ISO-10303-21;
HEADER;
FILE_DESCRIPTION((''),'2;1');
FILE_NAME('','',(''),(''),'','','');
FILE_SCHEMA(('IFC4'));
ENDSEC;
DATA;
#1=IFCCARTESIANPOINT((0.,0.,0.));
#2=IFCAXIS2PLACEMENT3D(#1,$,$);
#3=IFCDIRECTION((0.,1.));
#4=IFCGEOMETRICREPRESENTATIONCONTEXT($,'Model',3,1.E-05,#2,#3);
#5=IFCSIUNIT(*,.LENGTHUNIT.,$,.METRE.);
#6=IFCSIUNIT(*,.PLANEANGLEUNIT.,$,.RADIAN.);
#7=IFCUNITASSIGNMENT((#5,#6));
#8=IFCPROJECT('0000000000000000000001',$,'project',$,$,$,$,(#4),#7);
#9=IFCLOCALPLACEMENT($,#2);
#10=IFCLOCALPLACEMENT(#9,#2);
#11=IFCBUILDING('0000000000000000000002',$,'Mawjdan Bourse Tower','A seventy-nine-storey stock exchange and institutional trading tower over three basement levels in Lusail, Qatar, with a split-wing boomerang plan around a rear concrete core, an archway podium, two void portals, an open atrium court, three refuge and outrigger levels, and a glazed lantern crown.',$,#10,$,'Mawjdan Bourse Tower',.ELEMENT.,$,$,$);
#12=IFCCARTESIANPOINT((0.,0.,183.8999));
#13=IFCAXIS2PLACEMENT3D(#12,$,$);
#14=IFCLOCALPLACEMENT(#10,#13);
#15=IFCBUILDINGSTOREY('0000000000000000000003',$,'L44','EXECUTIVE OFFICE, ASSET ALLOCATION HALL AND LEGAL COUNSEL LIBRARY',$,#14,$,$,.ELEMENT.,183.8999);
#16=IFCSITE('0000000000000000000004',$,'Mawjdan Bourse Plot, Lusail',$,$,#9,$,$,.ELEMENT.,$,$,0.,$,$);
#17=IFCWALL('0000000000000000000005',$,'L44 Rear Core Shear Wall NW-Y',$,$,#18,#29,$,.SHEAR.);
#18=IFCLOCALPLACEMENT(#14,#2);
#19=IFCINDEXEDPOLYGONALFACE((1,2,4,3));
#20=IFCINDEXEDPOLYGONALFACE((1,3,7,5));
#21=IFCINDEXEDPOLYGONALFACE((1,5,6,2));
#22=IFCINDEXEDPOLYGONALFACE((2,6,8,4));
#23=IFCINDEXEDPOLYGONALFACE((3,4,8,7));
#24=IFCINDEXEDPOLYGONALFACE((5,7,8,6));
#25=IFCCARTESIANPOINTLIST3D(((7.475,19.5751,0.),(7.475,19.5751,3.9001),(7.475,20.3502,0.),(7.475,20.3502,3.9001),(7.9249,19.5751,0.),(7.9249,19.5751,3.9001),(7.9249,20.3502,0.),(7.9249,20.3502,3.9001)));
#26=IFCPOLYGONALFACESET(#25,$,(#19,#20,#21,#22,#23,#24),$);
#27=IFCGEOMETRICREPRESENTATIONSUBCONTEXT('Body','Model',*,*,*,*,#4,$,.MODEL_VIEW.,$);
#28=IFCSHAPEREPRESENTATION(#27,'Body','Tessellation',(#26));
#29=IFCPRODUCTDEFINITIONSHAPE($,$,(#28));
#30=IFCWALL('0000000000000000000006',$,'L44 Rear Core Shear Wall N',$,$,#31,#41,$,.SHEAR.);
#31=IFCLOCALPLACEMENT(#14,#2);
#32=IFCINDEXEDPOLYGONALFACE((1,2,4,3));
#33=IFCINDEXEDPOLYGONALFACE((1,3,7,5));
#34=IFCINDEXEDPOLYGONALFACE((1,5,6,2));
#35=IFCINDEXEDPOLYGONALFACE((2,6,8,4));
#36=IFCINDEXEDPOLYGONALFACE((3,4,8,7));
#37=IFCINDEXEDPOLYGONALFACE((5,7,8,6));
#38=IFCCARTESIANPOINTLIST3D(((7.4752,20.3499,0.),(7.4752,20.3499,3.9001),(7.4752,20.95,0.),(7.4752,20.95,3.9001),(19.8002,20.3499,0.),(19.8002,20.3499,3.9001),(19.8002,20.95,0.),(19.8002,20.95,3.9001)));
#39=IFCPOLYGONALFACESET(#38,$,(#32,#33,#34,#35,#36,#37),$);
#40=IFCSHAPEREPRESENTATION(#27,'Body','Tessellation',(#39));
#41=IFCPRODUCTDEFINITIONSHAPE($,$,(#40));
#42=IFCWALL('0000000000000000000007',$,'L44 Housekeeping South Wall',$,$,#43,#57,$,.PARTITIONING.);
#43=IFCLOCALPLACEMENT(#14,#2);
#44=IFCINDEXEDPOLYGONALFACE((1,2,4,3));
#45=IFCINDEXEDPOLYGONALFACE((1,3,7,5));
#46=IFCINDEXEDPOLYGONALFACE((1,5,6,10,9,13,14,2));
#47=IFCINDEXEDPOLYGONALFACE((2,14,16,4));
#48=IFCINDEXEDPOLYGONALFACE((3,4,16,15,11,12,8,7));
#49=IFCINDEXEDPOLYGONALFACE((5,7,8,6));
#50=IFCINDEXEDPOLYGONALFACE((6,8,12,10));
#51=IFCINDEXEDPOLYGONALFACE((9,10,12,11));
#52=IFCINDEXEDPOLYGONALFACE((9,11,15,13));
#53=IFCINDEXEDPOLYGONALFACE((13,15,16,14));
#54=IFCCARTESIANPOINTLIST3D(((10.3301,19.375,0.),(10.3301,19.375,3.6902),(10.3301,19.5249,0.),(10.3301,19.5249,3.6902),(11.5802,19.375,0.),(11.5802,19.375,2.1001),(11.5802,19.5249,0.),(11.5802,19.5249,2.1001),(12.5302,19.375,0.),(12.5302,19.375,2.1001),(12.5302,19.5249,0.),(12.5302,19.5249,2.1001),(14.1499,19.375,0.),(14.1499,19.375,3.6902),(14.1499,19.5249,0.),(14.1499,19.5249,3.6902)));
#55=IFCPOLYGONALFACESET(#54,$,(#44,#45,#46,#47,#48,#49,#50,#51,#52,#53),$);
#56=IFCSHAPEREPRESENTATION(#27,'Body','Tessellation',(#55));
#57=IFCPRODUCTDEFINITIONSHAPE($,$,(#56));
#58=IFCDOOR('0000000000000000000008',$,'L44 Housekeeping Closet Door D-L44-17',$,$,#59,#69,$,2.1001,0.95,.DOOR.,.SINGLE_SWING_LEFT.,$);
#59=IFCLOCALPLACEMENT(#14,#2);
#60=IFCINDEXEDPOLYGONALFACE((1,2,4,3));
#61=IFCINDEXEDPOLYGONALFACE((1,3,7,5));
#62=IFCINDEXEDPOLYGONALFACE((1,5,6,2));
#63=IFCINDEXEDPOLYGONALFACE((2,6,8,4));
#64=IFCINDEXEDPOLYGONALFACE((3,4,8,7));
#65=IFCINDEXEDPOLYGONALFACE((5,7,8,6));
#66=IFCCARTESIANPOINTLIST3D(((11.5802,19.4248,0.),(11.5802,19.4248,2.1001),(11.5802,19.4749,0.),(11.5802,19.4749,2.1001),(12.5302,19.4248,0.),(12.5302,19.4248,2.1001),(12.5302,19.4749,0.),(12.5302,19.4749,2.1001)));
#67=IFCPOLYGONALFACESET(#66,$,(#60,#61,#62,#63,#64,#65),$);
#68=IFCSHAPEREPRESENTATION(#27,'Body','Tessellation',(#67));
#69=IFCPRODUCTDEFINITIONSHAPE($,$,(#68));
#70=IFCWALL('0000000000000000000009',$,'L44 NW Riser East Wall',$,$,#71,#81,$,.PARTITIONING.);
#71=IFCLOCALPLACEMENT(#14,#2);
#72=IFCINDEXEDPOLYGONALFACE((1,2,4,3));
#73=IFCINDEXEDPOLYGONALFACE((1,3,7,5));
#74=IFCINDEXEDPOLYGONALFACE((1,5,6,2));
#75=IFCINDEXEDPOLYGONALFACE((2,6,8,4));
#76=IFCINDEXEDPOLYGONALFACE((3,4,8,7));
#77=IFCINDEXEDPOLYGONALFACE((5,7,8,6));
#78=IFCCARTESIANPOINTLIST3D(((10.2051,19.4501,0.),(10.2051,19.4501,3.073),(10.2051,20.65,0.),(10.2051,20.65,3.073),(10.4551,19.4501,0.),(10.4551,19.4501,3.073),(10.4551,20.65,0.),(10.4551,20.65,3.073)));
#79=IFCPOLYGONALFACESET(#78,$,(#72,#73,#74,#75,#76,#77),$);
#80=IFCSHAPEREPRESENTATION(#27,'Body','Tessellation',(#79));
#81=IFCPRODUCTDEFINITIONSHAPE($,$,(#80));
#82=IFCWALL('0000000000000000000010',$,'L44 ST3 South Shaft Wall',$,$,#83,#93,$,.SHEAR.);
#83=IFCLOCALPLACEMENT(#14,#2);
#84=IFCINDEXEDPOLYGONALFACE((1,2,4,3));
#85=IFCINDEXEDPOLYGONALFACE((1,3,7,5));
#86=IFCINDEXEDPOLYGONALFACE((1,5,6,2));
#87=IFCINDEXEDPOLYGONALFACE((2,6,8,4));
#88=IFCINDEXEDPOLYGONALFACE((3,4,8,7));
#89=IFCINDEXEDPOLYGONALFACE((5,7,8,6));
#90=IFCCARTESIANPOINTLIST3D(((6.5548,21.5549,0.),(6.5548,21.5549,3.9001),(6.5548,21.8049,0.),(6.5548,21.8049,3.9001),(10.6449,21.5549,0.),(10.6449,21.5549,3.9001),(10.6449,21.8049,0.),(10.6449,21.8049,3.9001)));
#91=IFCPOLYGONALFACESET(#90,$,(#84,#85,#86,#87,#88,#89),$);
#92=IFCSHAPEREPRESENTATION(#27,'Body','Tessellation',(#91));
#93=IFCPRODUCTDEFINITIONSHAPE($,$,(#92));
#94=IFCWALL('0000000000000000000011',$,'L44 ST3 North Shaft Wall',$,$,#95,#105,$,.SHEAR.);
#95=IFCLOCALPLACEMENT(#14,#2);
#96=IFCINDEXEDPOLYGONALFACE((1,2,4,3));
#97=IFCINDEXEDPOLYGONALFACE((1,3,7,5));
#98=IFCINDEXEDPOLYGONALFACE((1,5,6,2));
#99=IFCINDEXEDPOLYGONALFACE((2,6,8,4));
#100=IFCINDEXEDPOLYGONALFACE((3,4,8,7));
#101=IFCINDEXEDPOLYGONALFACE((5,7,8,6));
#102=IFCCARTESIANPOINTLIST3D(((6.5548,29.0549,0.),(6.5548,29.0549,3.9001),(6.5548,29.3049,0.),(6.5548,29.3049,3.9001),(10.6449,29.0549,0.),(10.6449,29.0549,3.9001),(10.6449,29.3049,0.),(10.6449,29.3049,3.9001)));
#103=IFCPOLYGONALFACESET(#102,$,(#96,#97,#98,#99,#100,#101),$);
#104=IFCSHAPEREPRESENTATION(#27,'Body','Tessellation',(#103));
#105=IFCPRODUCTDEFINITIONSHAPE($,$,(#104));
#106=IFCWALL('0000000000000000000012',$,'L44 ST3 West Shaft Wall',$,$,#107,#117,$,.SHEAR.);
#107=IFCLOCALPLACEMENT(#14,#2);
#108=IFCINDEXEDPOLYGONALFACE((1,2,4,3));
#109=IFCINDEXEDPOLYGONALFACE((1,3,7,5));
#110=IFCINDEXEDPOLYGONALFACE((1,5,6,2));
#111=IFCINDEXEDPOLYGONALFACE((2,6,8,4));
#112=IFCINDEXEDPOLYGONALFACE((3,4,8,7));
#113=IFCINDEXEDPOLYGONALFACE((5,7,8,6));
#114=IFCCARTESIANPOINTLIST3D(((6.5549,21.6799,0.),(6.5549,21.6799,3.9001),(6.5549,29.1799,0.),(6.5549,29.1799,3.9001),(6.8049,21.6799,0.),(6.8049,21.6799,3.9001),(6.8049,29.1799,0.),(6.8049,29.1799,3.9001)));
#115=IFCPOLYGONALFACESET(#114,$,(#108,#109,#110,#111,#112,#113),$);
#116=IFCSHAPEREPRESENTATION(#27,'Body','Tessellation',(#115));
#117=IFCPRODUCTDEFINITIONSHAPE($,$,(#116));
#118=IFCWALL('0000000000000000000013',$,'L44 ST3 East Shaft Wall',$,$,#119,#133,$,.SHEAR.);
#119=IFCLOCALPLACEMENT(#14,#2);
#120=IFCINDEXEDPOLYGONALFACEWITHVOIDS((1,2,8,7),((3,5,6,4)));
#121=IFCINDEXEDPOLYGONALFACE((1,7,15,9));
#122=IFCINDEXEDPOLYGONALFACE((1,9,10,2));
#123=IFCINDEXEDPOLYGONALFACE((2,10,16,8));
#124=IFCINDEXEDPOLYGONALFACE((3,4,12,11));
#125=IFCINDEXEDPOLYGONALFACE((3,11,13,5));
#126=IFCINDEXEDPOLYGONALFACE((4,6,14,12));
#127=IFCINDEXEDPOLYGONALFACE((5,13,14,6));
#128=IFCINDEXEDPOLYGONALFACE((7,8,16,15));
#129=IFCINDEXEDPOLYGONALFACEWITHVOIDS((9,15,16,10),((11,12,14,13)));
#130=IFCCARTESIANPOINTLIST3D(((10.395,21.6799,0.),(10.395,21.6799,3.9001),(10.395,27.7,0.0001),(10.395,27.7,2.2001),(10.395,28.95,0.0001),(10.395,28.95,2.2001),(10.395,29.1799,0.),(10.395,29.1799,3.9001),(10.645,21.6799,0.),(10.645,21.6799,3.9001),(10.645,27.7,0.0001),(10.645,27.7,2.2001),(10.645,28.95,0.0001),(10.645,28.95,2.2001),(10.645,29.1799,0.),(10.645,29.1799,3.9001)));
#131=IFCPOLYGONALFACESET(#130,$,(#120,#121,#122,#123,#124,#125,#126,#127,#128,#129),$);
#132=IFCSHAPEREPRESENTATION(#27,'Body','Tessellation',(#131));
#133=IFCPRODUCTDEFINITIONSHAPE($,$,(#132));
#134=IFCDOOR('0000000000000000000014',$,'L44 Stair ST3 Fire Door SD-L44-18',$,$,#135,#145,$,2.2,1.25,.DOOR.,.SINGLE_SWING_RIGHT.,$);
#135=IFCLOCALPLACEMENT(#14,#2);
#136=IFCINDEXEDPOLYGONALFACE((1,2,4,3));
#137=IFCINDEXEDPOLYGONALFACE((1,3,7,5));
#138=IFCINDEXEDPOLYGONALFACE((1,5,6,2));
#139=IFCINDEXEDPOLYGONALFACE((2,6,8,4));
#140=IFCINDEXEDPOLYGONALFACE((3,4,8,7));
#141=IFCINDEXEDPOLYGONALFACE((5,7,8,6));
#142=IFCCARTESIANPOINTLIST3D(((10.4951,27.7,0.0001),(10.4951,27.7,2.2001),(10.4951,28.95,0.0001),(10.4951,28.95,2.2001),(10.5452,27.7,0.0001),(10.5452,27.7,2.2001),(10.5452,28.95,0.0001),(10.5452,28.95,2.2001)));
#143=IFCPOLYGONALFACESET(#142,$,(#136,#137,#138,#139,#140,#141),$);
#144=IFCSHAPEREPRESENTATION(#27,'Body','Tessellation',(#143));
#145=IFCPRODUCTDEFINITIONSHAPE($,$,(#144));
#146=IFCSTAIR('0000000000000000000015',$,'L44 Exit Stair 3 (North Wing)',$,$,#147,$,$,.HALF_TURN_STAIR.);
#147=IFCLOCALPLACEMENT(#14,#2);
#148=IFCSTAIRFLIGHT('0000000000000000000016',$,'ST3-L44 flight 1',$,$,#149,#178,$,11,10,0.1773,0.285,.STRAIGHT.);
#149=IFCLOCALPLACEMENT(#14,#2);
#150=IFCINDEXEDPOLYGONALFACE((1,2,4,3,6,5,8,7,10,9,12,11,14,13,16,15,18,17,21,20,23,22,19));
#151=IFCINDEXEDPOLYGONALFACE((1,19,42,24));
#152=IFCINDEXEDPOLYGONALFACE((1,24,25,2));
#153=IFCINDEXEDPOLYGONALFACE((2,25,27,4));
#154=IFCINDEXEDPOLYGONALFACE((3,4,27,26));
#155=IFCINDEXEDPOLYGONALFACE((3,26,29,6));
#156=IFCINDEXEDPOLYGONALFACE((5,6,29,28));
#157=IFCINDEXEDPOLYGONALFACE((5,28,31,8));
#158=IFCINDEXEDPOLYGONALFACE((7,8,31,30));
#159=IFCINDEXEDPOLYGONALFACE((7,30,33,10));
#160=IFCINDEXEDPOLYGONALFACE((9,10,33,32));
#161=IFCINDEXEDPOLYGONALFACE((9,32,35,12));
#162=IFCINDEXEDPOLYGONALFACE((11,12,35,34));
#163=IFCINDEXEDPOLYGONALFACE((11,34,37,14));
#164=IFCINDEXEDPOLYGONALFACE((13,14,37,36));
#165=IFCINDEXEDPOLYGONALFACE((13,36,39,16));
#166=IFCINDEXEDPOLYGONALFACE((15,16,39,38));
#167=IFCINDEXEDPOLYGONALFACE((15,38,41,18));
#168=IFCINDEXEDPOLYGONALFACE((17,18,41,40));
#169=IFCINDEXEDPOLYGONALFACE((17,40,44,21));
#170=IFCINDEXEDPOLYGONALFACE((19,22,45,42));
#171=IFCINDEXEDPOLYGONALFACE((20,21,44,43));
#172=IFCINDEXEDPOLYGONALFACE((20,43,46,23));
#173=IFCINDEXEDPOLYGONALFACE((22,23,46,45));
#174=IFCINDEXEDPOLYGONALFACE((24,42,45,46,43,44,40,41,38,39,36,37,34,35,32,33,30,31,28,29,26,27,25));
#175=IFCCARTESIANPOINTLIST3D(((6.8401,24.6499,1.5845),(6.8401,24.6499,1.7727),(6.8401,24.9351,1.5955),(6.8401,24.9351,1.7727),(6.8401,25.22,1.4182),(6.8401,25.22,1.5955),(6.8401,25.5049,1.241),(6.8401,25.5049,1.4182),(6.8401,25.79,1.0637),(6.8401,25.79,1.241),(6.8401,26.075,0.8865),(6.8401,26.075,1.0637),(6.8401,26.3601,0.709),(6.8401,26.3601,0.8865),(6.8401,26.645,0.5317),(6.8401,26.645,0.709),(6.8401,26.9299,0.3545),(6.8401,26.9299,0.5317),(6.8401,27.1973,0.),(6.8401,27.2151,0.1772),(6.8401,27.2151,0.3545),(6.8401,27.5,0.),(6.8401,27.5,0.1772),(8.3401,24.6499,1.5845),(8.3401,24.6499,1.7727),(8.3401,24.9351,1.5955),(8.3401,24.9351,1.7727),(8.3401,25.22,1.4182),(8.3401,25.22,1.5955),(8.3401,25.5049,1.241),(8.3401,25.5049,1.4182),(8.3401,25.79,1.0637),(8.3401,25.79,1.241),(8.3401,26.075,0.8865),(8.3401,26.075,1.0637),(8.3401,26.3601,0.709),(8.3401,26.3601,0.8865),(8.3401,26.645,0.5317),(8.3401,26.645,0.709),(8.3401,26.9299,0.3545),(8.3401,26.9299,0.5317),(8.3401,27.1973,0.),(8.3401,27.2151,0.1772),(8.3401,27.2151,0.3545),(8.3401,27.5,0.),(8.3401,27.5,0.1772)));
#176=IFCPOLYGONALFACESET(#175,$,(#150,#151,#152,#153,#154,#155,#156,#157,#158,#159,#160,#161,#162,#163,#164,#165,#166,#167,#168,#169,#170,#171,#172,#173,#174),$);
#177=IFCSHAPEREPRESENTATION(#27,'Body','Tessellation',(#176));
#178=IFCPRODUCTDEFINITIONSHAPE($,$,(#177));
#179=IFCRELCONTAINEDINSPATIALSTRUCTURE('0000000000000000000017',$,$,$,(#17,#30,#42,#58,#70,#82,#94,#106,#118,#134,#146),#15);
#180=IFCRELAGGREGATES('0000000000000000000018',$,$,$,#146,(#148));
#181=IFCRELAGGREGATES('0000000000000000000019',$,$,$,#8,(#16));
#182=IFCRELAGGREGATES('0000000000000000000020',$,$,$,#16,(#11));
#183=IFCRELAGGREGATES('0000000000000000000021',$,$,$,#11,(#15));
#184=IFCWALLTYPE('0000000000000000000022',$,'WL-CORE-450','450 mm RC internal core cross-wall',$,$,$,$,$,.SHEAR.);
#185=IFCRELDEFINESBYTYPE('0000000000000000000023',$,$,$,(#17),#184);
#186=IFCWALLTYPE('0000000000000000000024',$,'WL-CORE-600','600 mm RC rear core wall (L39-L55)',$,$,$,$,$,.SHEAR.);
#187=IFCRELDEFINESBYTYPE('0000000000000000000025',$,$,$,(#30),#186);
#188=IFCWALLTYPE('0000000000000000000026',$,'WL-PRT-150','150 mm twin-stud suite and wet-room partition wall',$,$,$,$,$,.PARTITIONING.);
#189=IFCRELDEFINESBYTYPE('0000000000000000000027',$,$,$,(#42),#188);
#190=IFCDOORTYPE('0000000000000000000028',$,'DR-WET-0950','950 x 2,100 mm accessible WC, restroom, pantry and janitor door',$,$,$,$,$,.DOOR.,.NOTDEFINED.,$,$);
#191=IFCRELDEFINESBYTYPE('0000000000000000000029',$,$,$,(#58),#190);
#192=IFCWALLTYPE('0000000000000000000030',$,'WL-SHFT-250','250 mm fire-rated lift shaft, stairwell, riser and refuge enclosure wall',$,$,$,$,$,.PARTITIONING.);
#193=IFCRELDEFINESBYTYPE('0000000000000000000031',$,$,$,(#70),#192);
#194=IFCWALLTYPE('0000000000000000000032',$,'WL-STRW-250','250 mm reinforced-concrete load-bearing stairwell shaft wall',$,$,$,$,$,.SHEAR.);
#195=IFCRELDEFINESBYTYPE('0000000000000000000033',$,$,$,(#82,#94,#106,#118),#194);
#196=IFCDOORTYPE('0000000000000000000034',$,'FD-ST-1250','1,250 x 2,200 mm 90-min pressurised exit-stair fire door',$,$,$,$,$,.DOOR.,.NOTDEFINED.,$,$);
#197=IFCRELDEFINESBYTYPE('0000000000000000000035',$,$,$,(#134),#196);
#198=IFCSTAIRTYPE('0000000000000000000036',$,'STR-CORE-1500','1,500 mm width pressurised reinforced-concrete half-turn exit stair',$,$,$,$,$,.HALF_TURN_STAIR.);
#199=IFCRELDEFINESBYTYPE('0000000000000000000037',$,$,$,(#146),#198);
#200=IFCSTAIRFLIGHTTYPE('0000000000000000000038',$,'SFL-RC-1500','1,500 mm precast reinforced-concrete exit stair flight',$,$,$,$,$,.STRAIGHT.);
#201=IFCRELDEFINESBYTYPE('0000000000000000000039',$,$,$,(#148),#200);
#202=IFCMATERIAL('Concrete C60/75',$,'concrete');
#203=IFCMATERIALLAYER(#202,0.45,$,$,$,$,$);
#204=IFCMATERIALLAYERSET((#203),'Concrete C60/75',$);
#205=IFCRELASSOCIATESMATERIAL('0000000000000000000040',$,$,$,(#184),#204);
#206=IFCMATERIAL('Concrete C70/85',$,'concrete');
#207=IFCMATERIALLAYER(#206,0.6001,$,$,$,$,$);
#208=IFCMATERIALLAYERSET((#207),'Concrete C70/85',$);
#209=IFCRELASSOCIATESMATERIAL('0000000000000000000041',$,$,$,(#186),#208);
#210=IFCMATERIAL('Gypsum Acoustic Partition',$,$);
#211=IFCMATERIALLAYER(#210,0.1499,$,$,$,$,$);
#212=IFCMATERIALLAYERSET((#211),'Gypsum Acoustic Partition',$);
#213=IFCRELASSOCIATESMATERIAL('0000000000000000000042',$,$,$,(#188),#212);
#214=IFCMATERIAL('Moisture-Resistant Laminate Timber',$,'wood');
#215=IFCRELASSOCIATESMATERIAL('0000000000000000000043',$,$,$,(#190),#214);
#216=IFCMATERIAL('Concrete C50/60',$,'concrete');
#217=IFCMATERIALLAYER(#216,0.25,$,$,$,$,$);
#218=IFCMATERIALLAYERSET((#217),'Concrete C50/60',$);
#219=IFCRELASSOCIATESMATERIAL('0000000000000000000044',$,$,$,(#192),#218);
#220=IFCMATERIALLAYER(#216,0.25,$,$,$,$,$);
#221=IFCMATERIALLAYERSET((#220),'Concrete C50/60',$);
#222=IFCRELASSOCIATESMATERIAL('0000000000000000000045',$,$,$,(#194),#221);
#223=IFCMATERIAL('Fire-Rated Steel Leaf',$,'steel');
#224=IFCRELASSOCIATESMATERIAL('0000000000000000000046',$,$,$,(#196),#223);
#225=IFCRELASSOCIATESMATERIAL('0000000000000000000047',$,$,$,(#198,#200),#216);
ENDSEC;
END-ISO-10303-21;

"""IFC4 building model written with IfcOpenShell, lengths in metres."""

from ifc_helpers import new_model, si_unit, direction, frame, frame_2d, origin, place, context, subcontext, project, spatial, polyline, rectangle, outline, extrude, material, layer, layer_set, type_object, element, fill, aggregate, save


model = new_model("IFC4")

# Units and contexts
model_context = context("Model", 3, precision=1e-05, world=origin(), true_north=direction((0.0, 1.0)))
body_context = subcontext(model_context, "Body", "Model", "MODEL_VIEW")
ifc_project = project(units=[si_unit("LENGTHUNIT", "METRE"), si_unit("PLANEANGLEUNIT", "RADIAN")], contexts=[model_context])

# Site, building, storey
site_placement = place(None, origin())
site = spatial("IfcSite", under=ifc_project, at=site_placement, Name="Mawjdan Bourse Plot, Lusail", CompositionType="ELEMENT", RefElevation=0.0)
building_placement = place(site_placement, origin())
building = spatial("IfcBuilding", under=site, at=building_placement, Name="Mawjdan Bourse Tower", Description="A seventy-nine-storey stock exchange and institutional trading tower over three basement levels in Lusail, Qatar, with a split-wing boomerang plan around a rear concrete core, an archway podium, two void portals, an open atrium court, three refuge and outrigger levels, and a glazed lantern crown.", LongName="Mawjdan Bourse Tower", CompositionType="ELEMENT")
storey_placement = place(building_placement, frame((0.0, 0.0, 183.8999)))
storey = spatial("IfcBuildingStorey", under=building, at=storey_placement, Name="L44", Description="EXECUTIVE OFFICE, ASSET ALLOCATION HALL AND LEGAL COUNSEL LIBRARY", CompositionType="ELEMENT", Elevation=183.8999)

# Shared definitions
ifc_material_1 = material(Name="Concrete C70/85", Category="concrete")

# Walls
ifc_material_2 = material(Name="Concrete C60/75", Category="concrete")
ifc_layer_1 = layer(ifc_material_2, 0.45)
ifc_layer_set_1 = layer_set([ifc_layer_1], Name="Concrete C60/75")
wall_type_1 = type_object("IfcWallType", Name="WL-CORE-450", Description="450 mm RC internal core cross-wall", PredefinedType="SHEAR", material=ifc_layer_set_1)
wall_1_placement = place(storey_placement, frame((7.7, 19.575, 0.0), z_axis=(0.0, 0.0, 1.0), x_axis=(0.0, 1.0, 0.0)))
element("IfcWall", 1, at=wall_1_placement, inside=storey, type_object=wall_type_1, Name="L44 Rear Core Shear Wall NW-Y", PredefinedType="SHEAR", context=body_context, shape_type="SweptSolid", body=[
    extrude(rectangle(XDim=0.7751, YDim=0.45, at=frame_2d((0.3877, 0.0))), origin(), (0.0, 0.0, 1.0), 3.9001),
])
ifc_layer_2 = layer(ifc_material_1, 0.6001)
ifc_layer_set_2 = layer_set([ifc_layer_2], Name="Concrete C70/85")
wall_type_2 = type_object("IfcWallType", Name="WL-CORE-600", Description="600 mm RC rear core wall (L39-L55)", PredefinedType="SHEAR", material=ifc_layer_set_2)
wall_2_placement = place(storey_placement, frame((7.4751, 20.6499, 0.0), z_axis=(0.0, 0.0, 1.0), x_axis=(1.0, 0.0, 0.0)))
element("IfcWall", 2, at=wall_2_placement, inside=storey, type_object=wall_type_2, Name="L44 Rear Core Shear Wall N", PredefinedType="SHEAR", context=body_context, shape_type="SweptSolid", body=[
    extrude(rectangle(XDim=12.325, YDim=0.6001, at=frame_2d((6.1626, 0.0))), origin(), (0.0, 0.0, 1.0), 3.9001),
])

# Wall, opening, door
ifc_material_3 = material(Name="Gypsum Acoustic Partition")
ifc_layer_3 = layer(ifc_material_3, 0.1499)
ifc_layer_set_3 = layer_set([ifc_layer_3], Name="Gypsum Acoustic Partition")
wall_type_3 = type_object("IfcWallType", Name="WL-PRT-150", Description="150 mm twin-stud suite and wet-room partition wall", PredefinedType="PARTITIONING", material=ifc_layer_set_3)
wall_3_placement = place(storey_placement, frame((10.3301, 19.45, 0.0), z_axis=(0.0, 0.0, 1.0), x_axis=(1.0, 0.0, 0.0)))
wall_3 = element("IfcWall", 3, at=wall_3_placement, inside=storey, type_object=wall_type_3, Name="L44 Housekeeping South Wall", PredefinedType="PARTITIONING", context=body_context, shape_type="SweptSolid", body=[
    extrude(rectangle(XDim=3.8198, YDim=0.1499, at=frame_2d((1.9099, 0.0))), origin(), (0.0, 0.0, 1.0), 3.6902),
])
opening_1_placement = place(wall_3_placement, frame((1.25, 0.0, 0.0)))
opening_1 = element("IfcOpeningElement", 4, at=opening_1_placement, cuts=wall_3, PredefinedType="OPENING", context=body_context, shape_type="SweptSolid", body=[
    extrude(rectangle(XDim=0.95, YDim=2.1001, at=frame_2d((0.4751, 1.05))), frame((0.0, 0.085, 0.0), z_axis=(0.0, -1.0, 0.0), x_axis=(1.0, 0.0, 0.0)), (0.0, 0.0, 1.0), 0.1699),
])
ifc_material_4 = material(Name="Moisture-Resistant Laminate Timber", Category="wood")
door_type_1 = type_object("IfcDoorType", Name="DR-WET-0950", Description="950 x 2,100 mm accessible WC, restroom, pantry and janitor door", OperationType="NOTDEFINED", PredefinedType="DOOR", material=ifc_material_4)
door_1_placement = place(opening_1_placement, origin())
door_1 = element("IfcDoor", 5, at=door_1_placement, inside=storey, type_object=door_type_1, Name="L44 Housekeeping Closet Door D-L44-17", OperationType="SINGLE_SWING_LEFT", OverallHeight=2.1001, OverallWidth=0.95, PredefinedType="DOOR", context=body_context, shape_type="SweptSolid", body=[
    extrude(rectangle(XDim=0.95, YDim=2.1001, at=frame_2d((0.4751, 1.05))), frame((0.0, 0.0249, 0.0), z_axis=(0.0, -1.0, 0.0), x_axis=(1.0, 0.0, 0.0)), (0.0, 0.0, 1.0), 0.05),
])
fill(opening_1, door_1)

# Walls
ifc_material_5 = material(Name="Concrete C50/60", Category="concrete")
ifc_layer_4 = layer(ifc_material_5, 0.25)
ifc_layer_set_4 = layer_set([ifc_layer_4], Name="Concrete C50/60")
wall_type_4 = type_object("IfcWallType", Name="WL-SHFT-250", Description="250 mm fire-rated lift shaft, stairwell, riser and refuge enclosure wall", PredefinedType="PARTITIONING", material=ifc_layer_set_4)
wall_4_placement = place(storey_placement, frame((10.3301, 19.45, 0.0), z_axis=(0.0, 0.0, 1.0), x_axis=(0.0, 1.0, 0.0)))
element("IfcWall", 6, at=wall_4_placement, inside=storey, type_object=wall_type_4, Name="L44 NW Riser East Wall", PredefinedType="PARTITIONING", context=body_context, shape_type="SweptSolid", body=[
    extrude(rectangle(XDim=1.2, YDim=0.25, at=frame_2d((0.6001, 0.0))), origin(), (0.0, 0.0, 1.0), 3.073),
])
ifc_layer_5 = layer(ifc_material_5, 0.25)
ifc_layer_set_5 = layer_set([ifc_layer_5], Name="Concrete C50/60")
wall_type_5 = type_object("IfcWallType", Name="WL-STRW-250", Description="250 mm reinforced-concrete load-bearing stairwell shaft wall", PredefinedType="SHEAR", material=ifc_layer_set_5)
for number, where, z_axis, x_axis, name in (
    (7, (6.5549, 21.6799, 0.0), (0.0, 0.0, 1.0), (1.0, 0.0, 0.0), "L44 ST3 South Shaft Wall"),
    (8, (6.5549, 29.1799, 0.0), (0.0, 0.0, 1.0), (1.0, 0.0, 0.0), "L44 ST3 North Shaft Wall"),
):
    element("IfcWall", number, at=place(storey_placement, frame(where, z_axis=z_axis, x_axis=x_axis)), inside=storey, type_object=wall_type_5, Name=name, PredefinedType="SHEAR", context=body_context, shape_type="SweptSolid", body=[
        extrude(rectangle(XDim=4.0901, YDim=0.25, at=frame_2d((2.0449, 0.0))), origin(), (0.0, 0.0, 1.0), 3.9001),
    ])
wall_5_placement = place(storey_placement, frame((6.6799, 21.6799, 0.0), z_axis=(0.0, 0.0, 1.0), x_axis=(0.0, 1.0, 0.0)))
element("IfcWall", 9, at=wall_5_placement, inside=storey, type_object=wall_type_5, Name="L44 ST3 West Shaft Wall", PredefinedType="SHEAR", context=body_context, shape_type="SweptSolid", body=[
    extrude(rectangle(XDim=7.5, YDim=0.25, at=frame_2d((3.75, 0.0))), origin(), (0.0, 0.0, 1.0), 3.9001),
])

# Wall, opening, door
wall_6_placement = place(storey_placement, frame((10.52, 21.6799, 0.0), z_axis=(0.0, 0.0, 1.0), x_axis=(0.0, 1.0, 0.0)))
wall_6 = element("IfcWall", 10, at=wall_6_placement, inside=storey, type_object=wall_type_5, Name="L44 ST3 East Shaft Wall", PredefinedType="SHEAR", context=body_context, shape_type="SweptSolid", body=[
    extrude(rectangle(XDim=7.5, YDim=0.25, at=frame_2d((3.75, 0.0))), origin(), (0.0, 0.0, 1.0), 3.9001),
])
opening_2_placement = place(wall_6_placement, frame((6.02, 0.0, 0.0)))
opening_2 = element("IfcOpeningElement", 11, at=opening_2_placement, cuts=wall_6, PredefinedType="OPENING", context=body_context, shape_type="SweptSolid", body=[
    extrude(rectangle(XDim=1.25, YDim=2.2, at=frame_2d((0.625, 1.1001))), frame((0.0, 0.135, 0.0), z_axis=(0.0, -1.0, 0.0), x_axis=(1.0, 0.0, 0.0)), (0.0, 0.0, 1.0), 0.27),
])
ifc_material_6 = material(Name="Fire-Rated Steel Leaf", Category="steel")
door_type_2 = type_object("IfcDoorType", Name="FD-ST-1250", Description="1,250 x 2,200 mm 90-min pressurised exit-stair fire door", OperationType="NOTDEFINED", PredefinedType="DOOR", material=ifc_material_6)
door_2_placement = place(opening_2_placement, origin())
door_2 = element("IfcDoor", 12, at=door_2_placement, inside=storey, type_object=door_type_2, Name="L44 Stair ST3 Fire Door SD-L44-18", OperationType="SINGLE_SWING_RIGHT", OverallHeight=2.2, OverallWidth=1.25, PredefinedType="DOOR", context=body_context, shape_type="SweptSolid", body=[
    extrude(rectangle(XDim=1.25, YDim=2.2, at=frame_2d((0.625, 1.1001))), frame((0.0, 0.0249, 0.0), z_axis=(0.0, -1.0, 0.0), x_axis=(1.0, 0.0, 0.0)), (0.0, 0.0, 1.0), 0.05),
])
fill(opening_2, door_2)

# Stair, stair flight
stair_type = type_object("IfcStairType", Name="STR-CORE-1500", Description="1,500 mm width pressurised reinforced-concrete half-turn exit stair", PredefinedType="HALF_TURN_STAIR", material=ifc_material_5)
stair_placement = place(storey_placement, origin())
stair = element("IfcStair", 13, at=stair_placement, inside=storey, type_object=stair_type, Name="L44 Exit Stair 3 (North Wing)", PredefinedType="HALF_TURN_STAIR")
stair_flight_type = type_object("IfcStairFlightType", Name="SFL-RC-1500", Description="1,500 mm precast reinforced-concrete exit stair flight", PredefinedType="STRAIGHT", material=ifc_material_5)
stair_flight_1_placement = place(storey_placement, frame((7.5901, 27.5, 0.0), z_axis=(0.0, 0.0, 1.0), x_axis=(0.0, -1.0, 0.0)))
stair_flight_1 = element("IfcStairFlight", 14, at=stair_flight_1_placement, type_object=stair_flight_type, Name="ST3-L44 flight 1", NumberOfRisers=11, NumberOfTreads=10, PredefinedType="STRAIGHT", RiserHeight=0.1773, TreadLength=0.285, context=body_context, shape_type="SweptSolid", body=[
    extrude(outline(polyline([(0.0, 0.0), (0.0, 0.1772), (0.2849, 0.1772), (0.2849, 0.3545), (0.5701, 0.3545), (0.5701, 0.5317), (0.855, 0.5317), (0.855, 0.709), (1.1399, 0.709), (1.1399, 0.8865), (1.425, 0.8865), (1.425, 1.0637), (1.71, 1.0637), (1.71, 1.241), (1.9951, 1.241), (1.9951, 1.4182), (2.28, 1.4182), (2.28, 1.5955), (2.5649, 1.5955), (2.5649, 1.7727), (2.8501, 1.7727), (2.8501, 1.95), (2.8501, 1.5845), (0.3027, 0.0), (0.0, 0.0)])), frame((0.0, 0.75, 0.0), z_axis=(0.0, -1.0, 0.0), x_axis=(1.0, 0.0, 0.0)), (0.0, 0.0, 1.0), 1.5),
])
aggregate(stair, [stair_flight_1])

save(model, "model.ifc")
